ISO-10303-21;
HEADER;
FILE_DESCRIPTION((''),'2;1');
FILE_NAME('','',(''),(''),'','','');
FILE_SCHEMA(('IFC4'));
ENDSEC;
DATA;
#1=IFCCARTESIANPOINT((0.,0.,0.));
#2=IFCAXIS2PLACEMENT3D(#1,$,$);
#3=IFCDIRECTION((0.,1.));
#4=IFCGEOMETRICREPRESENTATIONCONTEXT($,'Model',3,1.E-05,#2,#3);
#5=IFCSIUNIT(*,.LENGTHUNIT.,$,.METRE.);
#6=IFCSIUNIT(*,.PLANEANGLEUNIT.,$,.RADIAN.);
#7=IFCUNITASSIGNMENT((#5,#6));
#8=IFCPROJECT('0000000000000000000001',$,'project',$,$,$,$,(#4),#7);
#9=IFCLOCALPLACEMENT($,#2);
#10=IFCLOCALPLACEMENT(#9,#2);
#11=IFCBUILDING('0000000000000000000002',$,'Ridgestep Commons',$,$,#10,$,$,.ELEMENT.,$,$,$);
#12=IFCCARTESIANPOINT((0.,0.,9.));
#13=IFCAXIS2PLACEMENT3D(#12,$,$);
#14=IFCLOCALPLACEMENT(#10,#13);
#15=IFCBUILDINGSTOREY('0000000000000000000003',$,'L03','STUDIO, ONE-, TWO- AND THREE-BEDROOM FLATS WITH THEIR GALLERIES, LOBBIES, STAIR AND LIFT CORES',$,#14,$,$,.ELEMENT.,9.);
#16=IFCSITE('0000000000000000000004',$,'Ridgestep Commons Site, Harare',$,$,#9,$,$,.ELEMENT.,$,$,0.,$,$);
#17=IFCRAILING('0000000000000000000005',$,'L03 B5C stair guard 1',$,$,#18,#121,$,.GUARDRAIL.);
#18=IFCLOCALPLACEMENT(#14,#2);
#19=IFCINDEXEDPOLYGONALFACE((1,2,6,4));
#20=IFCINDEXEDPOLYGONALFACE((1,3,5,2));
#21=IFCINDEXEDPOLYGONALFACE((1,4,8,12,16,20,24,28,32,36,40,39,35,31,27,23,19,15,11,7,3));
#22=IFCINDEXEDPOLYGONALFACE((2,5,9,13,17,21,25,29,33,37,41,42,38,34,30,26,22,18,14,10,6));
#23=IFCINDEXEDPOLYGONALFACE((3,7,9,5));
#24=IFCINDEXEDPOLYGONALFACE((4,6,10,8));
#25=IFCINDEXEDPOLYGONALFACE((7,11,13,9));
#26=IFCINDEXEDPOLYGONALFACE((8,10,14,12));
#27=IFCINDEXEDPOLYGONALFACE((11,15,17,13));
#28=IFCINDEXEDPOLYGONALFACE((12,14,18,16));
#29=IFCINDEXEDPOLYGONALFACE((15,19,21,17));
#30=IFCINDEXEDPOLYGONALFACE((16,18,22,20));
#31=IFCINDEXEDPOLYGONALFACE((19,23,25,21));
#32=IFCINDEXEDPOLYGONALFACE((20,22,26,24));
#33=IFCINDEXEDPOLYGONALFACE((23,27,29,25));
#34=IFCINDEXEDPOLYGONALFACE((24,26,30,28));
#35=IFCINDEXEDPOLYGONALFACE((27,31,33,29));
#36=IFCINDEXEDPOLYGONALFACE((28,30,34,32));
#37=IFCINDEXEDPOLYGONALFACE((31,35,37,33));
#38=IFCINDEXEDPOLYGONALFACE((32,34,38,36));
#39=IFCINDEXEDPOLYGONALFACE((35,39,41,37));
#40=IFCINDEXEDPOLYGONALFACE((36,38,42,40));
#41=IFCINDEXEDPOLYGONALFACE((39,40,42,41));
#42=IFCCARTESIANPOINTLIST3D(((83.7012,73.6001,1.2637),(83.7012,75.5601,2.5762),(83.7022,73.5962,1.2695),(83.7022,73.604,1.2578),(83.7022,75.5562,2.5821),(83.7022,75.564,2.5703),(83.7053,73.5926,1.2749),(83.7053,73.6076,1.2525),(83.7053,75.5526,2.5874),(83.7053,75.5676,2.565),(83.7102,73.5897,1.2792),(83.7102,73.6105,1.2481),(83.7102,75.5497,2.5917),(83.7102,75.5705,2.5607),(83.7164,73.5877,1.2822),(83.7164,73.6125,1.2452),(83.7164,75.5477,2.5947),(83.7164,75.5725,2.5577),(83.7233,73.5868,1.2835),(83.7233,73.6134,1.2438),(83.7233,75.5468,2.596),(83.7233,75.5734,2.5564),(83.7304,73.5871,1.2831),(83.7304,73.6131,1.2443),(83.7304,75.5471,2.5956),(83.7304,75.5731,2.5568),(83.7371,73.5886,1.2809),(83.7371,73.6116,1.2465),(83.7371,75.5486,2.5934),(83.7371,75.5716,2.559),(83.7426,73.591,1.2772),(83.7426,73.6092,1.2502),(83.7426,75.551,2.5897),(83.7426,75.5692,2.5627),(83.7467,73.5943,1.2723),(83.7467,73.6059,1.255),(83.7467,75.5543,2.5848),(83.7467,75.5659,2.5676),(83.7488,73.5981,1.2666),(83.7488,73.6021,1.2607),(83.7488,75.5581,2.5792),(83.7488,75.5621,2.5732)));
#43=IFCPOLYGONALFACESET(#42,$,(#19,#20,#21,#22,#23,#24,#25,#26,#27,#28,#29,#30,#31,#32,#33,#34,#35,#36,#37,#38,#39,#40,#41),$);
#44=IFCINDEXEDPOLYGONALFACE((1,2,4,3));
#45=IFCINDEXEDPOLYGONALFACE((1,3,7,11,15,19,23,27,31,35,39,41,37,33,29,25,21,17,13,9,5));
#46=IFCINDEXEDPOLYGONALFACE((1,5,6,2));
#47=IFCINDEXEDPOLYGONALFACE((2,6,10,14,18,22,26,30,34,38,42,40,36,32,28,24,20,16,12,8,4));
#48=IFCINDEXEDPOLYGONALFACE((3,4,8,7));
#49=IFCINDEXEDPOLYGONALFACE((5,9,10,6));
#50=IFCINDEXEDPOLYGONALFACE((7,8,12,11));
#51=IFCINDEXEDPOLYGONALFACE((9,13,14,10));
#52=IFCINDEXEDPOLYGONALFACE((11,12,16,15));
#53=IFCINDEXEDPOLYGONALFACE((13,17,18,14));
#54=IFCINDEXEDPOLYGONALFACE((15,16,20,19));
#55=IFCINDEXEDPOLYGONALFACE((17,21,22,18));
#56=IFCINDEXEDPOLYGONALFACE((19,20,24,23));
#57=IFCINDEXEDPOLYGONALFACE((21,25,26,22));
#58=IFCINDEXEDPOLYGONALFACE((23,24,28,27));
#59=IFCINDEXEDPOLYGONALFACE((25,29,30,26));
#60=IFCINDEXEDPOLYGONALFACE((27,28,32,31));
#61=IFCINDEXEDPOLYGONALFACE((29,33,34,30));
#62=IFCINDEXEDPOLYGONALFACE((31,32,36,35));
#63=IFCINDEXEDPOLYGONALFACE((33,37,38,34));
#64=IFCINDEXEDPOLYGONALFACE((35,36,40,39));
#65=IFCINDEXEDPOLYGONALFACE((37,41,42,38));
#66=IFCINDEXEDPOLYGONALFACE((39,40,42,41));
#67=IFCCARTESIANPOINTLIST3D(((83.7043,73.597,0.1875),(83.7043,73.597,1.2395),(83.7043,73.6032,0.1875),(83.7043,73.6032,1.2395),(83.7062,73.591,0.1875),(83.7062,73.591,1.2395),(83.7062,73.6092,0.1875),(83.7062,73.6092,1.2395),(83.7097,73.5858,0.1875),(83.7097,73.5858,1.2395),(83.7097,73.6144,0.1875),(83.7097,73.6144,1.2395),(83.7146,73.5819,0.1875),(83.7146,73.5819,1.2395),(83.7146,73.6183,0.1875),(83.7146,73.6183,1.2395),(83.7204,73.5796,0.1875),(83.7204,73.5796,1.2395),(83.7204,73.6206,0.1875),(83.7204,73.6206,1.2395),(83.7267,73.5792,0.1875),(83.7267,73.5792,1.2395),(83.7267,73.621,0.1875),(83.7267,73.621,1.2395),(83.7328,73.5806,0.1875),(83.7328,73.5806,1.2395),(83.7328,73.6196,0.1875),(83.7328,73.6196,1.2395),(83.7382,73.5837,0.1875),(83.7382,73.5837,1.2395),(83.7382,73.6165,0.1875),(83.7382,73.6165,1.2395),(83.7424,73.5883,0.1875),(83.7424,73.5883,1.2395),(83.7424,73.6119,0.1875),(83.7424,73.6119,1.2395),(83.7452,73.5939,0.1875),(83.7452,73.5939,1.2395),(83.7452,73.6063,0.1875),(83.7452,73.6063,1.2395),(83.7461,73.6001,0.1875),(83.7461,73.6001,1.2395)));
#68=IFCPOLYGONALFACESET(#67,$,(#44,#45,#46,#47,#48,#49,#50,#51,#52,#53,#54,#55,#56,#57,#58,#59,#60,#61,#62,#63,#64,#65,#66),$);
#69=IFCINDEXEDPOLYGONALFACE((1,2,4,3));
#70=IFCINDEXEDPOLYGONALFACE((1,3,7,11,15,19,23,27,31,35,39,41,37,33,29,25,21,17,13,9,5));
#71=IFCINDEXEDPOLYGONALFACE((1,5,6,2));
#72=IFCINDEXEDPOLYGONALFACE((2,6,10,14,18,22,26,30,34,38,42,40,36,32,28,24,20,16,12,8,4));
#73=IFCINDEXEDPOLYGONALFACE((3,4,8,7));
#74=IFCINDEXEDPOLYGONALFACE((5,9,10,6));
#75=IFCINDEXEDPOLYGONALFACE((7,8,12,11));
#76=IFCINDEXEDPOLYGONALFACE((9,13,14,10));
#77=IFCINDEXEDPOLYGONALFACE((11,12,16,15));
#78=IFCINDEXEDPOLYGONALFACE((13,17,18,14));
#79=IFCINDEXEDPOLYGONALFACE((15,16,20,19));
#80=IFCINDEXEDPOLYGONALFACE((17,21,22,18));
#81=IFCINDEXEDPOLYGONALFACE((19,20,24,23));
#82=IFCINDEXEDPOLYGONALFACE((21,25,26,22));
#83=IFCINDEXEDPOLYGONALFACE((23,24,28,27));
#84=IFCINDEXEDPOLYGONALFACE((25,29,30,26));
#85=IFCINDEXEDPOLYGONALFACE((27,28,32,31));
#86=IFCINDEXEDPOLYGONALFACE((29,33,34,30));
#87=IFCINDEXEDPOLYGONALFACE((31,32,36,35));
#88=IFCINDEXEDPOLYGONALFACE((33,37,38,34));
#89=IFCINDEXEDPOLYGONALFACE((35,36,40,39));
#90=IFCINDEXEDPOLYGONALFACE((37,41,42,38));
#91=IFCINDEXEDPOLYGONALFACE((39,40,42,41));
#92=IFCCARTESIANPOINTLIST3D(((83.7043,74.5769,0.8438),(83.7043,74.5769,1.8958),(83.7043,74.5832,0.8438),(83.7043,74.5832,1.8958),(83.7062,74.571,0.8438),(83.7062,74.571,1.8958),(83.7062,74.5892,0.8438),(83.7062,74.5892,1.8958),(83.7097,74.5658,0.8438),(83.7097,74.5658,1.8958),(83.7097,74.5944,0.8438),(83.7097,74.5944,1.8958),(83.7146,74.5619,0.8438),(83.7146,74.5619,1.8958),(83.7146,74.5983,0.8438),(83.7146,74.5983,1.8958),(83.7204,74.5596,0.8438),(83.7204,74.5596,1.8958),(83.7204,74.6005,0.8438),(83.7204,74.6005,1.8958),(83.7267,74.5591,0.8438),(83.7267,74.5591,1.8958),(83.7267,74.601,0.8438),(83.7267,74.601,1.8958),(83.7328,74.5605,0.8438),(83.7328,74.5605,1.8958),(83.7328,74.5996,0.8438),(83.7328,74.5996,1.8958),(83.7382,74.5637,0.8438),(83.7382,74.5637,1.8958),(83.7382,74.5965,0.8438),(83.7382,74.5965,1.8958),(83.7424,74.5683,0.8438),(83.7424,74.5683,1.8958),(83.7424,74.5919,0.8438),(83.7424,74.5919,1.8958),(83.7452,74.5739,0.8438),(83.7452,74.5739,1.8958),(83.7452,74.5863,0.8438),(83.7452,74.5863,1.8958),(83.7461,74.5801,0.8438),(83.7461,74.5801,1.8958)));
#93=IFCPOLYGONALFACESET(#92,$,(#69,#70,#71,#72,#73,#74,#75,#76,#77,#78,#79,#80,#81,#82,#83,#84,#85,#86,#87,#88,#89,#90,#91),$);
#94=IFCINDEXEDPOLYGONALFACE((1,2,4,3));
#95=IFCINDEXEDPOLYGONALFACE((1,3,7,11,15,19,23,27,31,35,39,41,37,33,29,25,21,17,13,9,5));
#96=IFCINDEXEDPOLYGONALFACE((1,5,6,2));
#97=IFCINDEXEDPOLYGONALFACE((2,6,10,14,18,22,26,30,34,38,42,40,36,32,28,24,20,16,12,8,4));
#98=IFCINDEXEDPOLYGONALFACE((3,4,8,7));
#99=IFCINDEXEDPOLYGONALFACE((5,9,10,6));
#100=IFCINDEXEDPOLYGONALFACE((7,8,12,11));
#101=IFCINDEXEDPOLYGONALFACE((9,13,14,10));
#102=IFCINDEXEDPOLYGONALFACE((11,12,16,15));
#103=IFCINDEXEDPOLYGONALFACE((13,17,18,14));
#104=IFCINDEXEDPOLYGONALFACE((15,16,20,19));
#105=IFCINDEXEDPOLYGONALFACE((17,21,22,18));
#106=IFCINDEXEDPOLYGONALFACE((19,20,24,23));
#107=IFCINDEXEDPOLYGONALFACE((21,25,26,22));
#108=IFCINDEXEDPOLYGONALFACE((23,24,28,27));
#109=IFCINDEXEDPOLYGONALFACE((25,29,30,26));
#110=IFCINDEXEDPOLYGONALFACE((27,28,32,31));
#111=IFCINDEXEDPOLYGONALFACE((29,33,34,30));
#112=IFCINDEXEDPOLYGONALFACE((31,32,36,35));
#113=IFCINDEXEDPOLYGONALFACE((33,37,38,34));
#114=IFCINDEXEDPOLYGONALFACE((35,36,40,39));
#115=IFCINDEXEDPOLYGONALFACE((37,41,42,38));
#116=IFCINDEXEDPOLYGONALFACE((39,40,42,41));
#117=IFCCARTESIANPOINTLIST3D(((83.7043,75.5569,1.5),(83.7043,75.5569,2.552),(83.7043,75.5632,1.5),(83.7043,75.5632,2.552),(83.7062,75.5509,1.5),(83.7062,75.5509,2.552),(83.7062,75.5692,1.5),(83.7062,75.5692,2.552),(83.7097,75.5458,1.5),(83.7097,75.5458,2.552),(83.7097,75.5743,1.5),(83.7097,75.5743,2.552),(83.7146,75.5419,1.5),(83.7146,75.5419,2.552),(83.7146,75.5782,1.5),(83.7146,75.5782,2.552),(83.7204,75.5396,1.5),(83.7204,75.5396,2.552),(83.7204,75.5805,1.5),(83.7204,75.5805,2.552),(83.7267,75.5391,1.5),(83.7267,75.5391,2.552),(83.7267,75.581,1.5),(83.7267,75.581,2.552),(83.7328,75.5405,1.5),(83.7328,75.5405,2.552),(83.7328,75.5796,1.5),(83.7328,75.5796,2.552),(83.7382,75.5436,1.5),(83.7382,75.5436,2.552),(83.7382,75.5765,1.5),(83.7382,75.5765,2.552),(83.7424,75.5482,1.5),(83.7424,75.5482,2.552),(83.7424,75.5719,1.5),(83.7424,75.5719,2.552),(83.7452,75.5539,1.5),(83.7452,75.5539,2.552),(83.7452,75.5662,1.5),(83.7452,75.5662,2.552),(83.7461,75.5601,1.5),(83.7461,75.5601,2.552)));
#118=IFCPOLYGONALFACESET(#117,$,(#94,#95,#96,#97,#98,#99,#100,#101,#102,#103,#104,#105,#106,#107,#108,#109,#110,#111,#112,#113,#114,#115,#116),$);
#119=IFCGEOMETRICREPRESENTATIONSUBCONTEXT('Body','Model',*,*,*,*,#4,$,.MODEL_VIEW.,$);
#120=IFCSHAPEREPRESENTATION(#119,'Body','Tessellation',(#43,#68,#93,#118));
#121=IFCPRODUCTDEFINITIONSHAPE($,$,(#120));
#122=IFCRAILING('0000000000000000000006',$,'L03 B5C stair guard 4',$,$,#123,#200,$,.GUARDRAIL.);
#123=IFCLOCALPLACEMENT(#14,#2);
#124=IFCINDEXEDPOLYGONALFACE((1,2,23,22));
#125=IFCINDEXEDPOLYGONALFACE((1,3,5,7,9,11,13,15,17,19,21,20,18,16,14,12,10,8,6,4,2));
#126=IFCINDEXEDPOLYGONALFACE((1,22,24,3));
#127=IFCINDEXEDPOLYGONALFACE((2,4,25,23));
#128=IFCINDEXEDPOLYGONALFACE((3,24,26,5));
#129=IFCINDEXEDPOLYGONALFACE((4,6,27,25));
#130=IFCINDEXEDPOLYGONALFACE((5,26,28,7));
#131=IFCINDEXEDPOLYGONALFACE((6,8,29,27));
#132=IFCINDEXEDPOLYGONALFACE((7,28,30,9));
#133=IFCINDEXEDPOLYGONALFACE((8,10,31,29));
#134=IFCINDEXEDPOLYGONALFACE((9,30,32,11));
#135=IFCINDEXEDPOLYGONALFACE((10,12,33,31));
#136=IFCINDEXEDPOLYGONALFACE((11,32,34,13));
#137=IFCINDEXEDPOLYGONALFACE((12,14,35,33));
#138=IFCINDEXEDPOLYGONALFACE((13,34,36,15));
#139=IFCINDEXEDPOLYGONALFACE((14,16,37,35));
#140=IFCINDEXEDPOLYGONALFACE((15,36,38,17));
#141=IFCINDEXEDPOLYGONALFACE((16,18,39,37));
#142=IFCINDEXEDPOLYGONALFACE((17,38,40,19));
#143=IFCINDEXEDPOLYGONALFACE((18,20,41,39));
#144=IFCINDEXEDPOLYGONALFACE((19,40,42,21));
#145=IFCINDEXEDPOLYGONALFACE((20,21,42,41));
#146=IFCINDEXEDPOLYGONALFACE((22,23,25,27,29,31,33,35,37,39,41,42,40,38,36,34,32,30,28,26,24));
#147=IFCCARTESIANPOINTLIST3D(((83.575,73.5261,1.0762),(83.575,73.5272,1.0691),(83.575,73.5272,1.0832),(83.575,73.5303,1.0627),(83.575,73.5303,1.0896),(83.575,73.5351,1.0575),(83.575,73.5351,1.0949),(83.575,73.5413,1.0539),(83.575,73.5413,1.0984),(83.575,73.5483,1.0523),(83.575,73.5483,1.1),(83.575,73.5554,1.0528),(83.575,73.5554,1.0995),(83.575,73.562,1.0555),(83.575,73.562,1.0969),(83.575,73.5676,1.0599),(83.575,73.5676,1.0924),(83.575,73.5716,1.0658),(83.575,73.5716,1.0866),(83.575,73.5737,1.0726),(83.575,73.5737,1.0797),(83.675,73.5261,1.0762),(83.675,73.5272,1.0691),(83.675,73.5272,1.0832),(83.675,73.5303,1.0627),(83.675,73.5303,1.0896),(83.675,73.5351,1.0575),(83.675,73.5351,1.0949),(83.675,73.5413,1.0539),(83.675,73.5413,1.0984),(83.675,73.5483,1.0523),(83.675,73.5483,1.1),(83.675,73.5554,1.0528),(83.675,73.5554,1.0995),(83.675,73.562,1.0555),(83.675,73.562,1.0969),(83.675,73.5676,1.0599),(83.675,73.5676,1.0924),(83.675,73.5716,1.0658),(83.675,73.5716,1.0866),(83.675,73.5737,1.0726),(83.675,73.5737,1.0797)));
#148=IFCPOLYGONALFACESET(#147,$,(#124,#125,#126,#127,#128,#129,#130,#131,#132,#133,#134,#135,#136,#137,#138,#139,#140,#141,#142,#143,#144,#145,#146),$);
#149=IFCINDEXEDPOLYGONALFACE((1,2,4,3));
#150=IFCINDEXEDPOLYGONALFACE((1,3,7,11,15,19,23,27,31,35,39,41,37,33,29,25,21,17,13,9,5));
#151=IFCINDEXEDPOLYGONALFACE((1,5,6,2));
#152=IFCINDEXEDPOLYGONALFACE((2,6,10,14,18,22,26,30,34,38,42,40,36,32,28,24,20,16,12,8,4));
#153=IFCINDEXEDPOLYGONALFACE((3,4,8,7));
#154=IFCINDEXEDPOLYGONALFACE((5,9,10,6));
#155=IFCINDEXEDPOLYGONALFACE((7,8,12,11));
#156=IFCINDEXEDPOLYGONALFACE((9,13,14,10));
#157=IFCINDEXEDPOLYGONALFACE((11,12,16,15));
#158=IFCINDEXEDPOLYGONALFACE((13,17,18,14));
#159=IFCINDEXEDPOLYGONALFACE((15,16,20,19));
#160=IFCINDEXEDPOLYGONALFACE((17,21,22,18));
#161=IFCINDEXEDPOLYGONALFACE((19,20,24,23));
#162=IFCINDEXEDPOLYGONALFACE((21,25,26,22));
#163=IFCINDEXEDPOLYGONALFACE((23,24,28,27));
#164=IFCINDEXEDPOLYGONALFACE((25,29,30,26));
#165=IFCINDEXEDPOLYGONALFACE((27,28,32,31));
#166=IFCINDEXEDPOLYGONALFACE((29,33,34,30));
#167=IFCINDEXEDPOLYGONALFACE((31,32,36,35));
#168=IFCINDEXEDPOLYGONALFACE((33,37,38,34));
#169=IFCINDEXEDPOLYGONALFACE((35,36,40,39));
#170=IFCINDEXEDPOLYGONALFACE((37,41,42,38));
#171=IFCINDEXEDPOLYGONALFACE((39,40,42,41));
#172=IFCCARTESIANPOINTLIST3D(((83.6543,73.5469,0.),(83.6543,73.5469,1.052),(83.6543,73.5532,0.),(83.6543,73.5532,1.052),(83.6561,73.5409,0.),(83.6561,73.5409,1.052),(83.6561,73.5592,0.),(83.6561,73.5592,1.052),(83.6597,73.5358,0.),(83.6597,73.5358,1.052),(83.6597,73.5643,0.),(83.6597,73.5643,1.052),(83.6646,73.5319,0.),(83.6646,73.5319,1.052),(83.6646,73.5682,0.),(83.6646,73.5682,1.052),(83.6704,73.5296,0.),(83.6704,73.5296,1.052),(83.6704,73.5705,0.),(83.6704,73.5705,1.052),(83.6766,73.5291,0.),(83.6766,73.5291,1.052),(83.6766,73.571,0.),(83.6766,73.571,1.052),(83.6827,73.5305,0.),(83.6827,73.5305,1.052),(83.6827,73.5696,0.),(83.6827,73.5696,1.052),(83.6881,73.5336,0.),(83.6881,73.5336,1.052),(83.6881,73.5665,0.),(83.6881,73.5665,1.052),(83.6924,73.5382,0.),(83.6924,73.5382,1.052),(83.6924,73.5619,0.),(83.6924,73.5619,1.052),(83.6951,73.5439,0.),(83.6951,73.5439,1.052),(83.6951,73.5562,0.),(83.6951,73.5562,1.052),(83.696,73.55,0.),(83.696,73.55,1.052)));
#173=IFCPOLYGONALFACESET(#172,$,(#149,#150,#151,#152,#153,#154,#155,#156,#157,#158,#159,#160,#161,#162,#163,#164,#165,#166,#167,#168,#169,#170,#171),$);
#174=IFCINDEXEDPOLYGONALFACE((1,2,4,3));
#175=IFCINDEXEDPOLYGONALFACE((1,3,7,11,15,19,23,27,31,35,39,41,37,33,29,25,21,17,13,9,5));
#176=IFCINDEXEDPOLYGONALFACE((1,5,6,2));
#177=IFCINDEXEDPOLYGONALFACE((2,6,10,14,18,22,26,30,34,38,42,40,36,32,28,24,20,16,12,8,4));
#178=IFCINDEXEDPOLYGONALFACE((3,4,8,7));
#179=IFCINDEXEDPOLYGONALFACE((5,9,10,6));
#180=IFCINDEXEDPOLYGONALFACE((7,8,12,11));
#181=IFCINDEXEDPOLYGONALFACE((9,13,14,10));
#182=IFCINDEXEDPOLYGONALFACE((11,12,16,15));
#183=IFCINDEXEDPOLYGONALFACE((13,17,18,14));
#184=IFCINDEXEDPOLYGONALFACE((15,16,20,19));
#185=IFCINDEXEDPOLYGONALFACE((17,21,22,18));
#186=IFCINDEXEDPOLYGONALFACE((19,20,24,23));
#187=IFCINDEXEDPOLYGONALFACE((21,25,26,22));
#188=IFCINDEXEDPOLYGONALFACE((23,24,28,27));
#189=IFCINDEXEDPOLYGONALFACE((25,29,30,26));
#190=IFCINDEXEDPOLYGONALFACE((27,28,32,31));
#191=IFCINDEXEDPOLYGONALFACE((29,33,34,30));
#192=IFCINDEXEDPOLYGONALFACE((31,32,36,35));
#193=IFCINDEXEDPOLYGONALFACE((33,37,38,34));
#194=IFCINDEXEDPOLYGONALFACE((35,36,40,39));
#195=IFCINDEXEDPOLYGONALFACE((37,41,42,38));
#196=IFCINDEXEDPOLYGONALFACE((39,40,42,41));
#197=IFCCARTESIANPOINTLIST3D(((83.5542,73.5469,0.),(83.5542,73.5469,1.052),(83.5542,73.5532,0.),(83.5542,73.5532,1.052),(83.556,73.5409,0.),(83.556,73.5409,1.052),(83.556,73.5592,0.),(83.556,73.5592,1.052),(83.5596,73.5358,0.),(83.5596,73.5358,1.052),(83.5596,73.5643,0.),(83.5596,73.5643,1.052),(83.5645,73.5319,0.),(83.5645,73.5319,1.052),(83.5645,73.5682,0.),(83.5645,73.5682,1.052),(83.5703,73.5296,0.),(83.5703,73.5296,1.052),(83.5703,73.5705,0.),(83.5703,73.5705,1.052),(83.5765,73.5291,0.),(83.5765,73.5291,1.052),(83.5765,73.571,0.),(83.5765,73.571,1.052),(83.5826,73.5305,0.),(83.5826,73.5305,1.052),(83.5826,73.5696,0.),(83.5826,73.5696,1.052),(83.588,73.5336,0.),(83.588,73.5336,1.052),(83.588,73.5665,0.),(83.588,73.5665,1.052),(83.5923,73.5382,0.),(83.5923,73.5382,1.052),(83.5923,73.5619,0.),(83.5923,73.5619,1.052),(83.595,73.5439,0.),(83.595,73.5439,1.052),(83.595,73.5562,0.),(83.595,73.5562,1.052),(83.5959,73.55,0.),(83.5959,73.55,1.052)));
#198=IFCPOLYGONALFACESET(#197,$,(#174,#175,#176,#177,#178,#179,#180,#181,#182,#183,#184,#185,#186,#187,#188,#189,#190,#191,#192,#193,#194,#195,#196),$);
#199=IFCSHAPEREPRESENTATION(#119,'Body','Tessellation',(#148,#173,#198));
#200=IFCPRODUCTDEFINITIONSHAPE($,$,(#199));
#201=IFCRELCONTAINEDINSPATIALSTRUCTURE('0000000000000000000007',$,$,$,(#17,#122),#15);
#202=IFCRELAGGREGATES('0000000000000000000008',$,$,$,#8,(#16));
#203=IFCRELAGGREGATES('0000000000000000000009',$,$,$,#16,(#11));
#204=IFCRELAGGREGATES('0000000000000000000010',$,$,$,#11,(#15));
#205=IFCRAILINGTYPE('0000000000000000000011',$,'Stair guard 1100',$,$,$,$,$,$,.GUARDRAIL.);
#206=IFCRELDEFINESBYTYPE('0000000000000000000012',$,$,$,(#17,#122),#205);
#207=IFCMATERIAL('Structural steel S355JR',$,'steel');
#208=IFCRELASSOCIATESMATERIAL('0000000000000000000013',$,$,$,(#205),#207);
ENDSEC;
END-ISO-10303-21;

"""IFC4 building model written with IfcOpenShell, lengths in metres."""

from ifc_helpers import new_model, si_unit, direction, frame, origin, origin_2d, place, context, subcontext, project, spatial, circle, extrude, material, type_object, element, save


model = new_model("IFC4")

# Units and contexts
model_context = context("Model", 3, precision=1e-05, world=origin(), true_north=direction((0.0, 1.0)))
body_context = subcontext(model_context, "Body", "Model", "MODEL_VIEW")
ifc_project = project(units=[si_unit("LENGTHUNIT", "METRE"), si_unit("PLANEANGLEUNIT", "RADIAN")], contexts=[model_context])

# Site, building, storey
site_placement = place(None, origin())
site = spatial("IfcSite", under=ifc_project, at=site_placement, Name="Ridgestep Commons Site, Harare", CompositionType="ELEMENT", RefElevation=0.0)
building_placement = place(site_placement, origin())
building = spatial("IfcBuilding", under=site, at=building_placement, Name="Ridgestep Commons", CompositionType="ELEMENT")
storey_placement = place(building_placement, frame((0.0, 0.0, 9.0)))
storey = spatial("IfcBuildingStorey", under=building, at=storey_placement, Name="L03", Description="STUDIO, ONE-, TWO- AND THREE-BEDROOM FLATS WITH THEIR GALLERIES, LOBBIES, STAIR AND LIFT CORES", CompositionType="ELEMENT", Elevation=9.0)

# Railings
ifc_material_1 = material(Name="Structural steel S355JR", Category="steel")
railing_type_1 = type_object("IfcRailingType", Name="Stair guard 1100", PredefinedType="GUARDRAIL", material=ifc_material_1)
railing_1_placement = place(storey_placement, frame((83.7251, 73.6001, 0.1875)))
element("IfcRailing", 1, at=railing_1_placement, inside=storey, type_object=railing_type_1, Name="L03 B5C stair guard 1", PredefinedType="GUARDRAIL", context=body_context, shape_type="SweptSolid", body=[
    extrude(circle(Radius=0.0239, at=origin_2d()), frame((0.0, 0.0, 1.0762), z_axis=(0.0, 0.830902, 0.556419), x_axis=(-1.0, 0.0, 0.0)), (0.0, 0.0, 1.0), 2.3589),
    extrude(circle(Radius=0.021, at=origin_2d()), origin(), (0.0, 0.0, 1.0), 1.052),
    extrude(circle(Radius=0.021, at=origin_2d()), frame((0.0, 0.98, 0.6562)), (0.0, 0.0, 1.0), 1.052),
    extrude(circle(Radius=0.021, at=origin_2d()), frame((0.0, 1.96, 1.3125)), (0.0, 0.0, 1.0), 1.052),
])
railing_2_placement = place(storey_placement, frame((83.675, 73.55, 0.0)))
element("IfcRailing", 2, at=railing_2_placement, inside=storey, type_object=railing_type_1, Name="L03 B5C stair guard 4", PredefinedType="GUARDRAIL", context=body_context, shape_type="SweptSolid", body=[
    extrude(circle(Radius=0.0239, at=origin_2d()), frame((0.0, 0.0, 1.0762), z_axis=(-1.0, 0.0, 0.0), x_axis=(0.0, -1.0, 0.0)), (0.0, 0.0, 1.0), 0.1001),
    extrude(circle(Radius=0.021, at=origin_2d()), origin(), (0.0, 0.0, 1.0), 1.052),
    extrude(circle(Radius=0.021, at=origin_2d()), frame((-0.1001, 0.0, 0.0)), (0.0, 0.0, 1.0), 1.052),
])

save(model, "model.ifc")
